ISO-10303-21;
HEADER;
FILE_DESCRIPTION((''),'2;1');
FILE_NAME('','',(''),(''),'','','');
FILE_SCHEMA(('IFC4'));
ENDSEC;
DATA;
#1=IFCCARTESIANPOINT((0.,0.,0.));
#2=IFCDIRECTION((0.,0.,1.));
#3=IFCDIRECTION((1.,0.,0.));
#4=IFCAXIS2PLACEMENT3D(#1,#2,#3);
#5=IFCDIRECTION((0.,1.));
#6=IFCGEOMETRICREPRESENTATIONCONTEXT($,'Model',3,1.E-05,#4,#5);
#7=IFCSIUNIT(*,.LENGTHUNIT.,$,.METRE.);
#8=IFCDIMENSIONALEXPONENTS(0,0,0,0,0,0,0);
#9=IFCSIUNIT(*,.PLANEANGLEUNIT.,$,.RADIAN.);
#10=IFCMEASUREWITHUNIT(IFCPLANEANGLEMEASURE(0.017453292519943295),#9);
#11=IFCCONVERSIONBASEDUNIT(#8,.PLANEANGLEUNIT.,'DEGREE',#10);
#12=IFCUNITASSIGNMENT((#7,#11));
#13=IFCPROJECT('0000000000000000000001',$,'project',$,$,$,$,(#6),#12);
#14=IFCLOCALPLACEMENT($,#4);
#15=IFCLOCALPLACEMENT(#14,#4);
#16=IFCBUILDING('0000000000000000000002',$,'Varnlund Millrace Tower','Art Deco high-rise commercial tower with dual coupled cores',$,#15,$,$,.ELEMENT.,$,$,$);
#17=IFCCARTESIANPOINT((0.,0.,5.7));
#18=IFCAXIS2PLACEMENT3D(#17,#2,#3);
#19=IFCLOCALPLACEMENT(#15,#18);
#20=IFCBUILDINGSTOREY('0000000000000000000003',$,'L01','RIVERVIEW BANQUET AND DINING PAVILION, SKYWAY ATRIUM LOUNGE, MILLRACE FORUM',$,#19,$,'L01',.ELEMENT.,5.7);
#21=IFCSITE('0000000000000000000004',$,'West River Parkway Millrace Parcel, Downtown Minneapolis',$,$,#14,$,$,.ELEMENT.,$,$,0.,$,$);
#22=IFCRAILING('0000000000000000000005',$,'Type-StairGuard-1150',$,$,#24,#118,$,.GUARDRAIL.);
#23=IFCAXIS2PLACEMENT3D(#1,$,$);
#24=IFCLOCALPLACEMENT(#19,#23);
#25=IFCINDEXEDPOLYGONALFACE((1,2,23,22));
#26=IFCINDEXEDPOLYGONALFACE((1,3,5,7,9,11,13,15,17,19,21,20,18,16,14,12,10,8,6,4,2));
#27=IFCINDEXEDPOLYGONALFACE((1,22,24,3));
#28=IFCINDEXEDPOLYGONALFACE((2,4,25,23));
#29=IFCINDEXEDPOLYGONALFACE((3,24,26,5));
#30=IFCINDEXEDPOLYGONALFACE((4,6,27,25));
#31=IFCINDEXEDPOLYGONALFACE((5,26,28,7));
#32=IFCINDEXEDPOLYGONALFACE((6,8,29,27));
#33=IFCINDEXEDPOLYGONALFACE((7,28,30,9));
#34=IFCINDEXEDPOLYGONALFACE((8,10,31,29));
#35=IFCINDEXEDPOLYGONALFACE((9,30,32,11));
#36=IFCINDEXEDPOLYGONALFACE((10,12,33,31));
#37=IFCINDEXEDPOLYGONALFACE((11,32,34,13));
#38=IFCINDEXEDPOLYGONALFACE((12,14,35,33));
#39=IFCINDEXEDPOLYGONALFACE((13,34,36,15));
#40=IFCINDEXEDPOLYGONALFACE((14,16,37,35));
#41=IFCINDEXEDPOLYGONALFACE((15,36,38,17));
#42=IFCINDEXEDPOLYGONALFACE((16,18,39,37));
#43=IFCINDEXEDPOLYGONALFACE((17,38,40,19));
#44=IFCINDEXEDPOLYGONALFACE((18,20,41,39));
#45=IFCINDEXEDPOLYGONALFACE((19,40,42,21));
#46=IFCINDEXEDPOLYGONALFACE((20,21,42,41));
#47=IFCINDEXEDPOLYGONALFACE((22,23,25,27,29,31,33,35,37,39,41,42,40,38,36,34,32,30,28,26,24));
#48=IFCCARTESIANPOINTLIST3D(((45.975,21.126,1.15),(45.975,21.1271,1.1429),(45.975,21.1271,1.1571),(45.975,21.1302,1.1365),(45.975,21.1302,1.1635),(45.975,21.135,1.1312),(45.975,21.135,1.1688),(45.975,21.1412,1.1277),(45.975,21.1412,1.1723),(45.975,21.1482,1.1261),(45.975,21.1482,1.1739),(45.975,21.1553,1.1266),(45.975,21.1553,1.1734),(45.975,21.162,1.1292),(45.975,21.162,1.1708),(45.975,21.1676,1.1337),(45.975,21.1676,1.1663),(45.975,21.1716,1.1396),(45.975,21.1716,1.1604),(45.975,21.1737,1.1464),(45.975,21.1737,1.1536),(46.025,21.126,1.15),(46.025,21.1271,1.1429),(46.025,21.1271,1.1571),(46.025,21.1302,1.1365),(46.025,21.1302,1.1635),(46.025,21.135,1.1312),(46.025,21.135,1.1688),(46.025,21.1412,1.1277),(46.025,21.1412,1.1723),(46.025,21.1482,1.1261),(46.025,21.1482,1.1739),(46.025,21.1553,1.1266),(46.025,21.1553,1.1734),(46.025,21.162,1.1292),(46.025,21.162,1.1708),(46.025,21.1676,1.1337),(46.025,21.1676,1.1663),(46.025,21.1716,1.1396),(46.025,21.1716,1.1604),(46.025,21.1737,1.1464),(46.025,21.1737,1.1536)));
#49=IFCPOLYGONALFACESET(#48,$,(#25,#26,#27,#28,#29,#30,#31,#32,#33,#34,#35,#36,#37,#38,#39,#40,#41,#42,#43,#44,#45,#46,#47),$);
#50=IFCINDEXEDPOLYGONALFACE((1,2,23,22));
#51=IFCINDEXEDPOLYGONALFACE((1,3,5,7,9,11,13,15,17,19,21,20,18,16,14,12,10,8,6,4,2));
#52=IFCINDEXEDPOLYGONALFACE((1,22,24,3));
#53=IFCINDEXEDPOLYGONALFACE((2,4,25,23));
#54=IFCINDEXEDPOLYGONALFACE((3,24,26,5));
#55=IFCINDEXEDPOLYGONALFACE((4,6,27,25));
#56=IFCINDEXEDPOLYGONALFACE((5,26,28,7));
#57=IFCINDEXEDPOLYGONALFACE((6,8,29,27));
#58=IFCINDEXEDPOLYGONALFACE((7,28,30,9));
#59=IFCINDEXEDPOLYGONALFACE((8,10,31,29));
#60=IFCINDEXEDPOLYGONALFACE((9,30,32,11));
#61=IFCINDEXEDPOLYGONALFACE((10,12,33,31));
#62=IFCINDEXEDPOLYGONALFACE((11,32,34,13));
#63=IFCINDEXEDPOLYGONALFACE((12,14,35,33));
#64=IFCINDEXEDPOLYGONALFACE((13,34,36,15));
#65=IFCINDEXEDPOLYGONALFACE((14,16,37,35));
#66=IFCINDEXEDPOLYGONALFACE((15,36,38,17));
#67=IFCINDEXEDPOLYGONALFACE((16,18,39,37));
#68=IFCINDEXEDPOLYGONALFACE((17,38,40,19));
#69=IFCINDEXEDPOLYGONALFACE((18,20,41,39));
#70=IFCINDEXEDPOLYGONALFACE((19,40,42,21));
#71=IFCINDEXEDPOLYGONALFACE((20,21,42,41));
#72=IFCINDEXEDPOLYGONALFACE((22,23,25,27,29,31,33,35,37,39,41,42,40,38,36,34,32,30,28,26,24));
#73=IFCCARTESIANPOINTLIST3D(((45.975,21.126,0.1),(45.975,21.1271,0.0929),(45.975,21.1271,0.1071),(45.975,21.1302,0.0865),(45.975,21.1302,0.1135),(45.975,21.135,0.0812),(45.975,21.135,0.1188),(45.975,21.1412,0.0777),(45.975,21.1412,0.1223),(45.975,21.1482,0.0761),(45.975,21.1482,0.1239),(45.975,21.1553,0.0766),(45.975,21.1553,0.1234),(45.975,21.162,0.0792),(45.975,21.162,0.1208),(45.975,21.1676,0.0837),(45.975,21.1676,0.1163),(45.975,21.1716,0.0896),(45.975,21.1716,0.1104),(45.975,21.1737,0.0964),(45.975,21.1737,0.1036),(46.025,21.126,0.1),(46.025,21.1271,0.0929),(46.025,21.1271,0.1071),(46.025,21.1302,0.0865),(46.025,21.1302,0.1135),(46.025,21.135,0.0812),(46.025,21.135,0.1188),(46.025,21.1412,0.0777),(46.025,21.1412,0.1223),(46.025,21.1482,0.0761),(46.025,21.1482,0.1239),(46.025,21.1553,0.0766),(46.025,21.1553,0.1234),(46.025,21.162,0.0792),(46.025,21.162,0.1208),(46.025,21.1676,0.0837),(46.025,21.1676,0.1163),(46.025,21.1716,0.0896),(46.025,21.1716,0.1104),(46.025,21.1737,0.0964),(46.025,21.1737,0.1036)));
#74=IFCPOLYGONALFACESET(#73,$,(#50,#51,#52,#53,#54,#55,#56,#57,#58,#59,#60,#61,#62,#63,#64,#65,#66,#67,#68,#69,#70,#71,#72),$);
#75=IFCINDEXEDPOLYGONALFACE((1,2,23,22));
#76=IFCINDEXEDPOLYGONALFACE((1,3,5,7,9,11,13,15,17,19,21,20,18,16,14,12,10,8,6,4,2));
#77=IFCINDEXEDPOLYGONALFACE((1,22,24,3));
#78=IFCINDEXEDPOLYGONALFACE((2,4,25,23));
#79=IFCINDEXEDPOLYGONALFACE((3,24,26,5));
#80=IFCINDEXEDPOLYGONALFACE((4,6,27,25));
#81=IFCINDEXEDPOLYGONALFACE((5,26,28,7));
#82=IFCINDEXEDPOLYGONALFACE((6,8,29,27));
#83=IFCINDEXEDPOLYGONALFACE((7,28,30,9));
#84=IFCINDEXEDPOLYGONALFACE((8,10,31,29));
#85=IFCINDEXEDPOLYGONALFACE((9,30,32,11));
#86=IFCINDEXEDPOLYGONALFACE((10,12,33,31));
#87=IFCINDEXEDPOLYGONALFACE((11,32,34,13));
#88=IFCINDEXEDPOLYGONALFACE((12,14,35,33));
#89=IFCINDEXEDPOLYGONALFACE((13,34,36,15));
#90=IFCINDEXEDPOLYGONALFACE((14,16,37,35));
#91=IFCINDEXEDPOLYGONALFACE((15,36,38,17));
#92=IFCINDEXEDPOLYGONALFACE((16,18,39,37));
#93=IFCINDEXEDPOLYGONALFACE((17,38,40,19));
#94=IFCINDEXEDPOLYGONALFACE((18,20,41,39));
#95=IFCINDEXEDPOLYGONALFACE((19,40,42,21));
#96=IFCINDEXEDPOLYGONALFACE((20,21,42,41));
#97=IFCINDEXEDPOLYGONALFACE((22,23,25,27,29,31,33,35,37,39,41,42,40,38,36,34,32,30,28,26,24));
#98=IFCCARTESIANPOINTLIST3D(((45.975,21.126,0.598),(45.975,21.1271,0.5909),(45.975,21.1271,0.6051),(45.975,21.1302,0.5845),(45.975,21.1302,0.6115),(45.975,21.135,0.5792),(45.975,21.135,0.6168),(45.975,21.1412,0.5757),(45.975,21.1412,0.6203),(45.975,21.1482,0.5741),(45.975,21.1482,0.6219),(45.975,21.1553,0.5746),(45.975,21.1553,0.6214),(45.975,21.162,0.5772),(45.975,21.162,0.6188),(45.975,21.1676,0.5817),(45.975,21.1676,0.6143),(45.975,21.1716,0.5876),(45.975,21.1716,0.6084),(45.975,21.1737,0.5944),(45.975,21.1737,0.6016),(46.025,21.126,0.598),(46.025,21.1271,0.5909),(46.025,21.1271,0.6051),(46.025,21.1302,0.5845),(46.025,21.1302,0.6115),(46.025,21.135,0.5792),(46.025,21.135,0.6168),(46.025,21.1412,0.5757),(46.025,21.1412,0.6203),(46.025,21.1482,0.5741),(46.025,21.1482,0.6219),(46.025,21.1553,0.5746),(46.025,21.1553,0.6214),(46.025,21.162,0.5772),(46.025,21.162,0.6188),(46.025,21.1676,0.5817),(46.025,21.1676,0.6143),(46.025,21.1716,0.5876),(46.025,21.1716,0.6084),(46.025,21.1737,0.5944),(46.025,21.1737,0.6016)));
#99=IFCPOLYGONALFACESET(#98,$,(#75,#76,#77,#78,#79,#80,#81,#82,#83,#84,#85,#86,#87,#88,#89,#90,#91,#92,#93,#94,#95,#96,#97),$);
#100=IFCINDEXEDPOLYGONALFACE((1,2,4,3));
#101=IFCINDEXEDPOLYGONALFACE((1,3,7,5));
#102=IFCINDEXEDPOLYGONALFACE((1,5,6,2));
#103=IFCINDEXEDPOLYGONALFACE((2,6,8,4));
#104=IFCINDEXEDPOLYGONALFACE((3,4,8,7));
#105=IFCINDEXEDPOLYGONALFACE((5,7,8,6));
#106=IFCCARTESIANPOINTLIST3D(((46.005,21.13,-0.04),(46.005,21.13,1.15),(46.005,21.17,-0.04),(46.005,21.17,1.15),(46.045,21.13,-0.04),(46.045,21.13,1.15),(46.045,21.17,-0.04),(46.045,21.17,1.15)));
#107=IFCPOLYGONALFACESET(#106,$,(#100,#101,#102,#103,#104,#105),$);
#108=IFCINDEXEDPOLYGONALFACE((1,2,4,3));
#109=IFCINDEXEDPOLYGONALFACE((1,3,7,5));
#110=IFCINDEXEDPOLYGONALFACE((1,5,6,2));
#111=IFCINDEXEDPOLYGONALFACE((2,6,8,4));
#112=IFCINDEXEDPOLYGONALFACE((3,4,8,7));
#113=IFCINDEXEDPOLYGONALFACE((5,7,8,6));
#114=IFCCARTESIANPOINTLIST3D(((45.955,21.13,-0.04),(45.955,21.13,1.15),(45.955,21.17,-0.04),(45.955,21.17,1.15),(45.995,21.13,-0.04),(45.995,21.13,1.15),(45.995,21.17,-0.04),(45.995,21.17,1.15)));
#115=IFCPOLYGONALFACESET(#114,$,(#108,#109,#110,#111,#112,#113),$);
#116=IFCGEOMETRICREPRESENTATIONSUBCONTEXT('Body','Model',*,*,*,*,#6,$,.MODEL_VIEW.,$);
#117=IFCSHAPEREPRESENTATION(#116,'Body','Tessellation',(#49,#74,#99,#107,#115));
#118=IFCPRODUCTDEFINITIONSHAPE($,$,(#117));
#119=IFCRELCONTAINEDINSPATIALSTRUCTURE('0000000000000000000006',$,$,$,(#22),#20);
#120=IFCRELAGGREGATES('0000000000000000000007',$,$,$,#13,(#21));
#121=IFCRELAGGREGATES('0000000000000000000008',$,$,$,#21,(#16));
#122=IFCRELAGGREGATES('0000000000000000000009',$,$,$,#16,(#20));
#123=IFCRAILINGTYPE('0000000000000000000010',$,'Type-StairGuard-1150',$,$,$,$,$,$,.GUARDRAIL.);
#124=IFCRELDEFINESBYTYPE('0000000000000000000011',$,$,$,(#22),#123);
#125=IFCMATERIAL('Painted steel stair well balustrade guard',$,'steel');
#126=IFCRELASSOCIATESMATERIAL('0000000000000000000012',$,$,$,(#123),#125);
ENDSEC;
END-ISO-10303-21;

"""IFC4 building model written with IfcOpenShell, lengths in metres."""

from ifc_helpers import new_model, entity, si_unit, converted_unit, direction, frame, origin_with_axes, origin_2d_with_axis, place, context, subcontext, project, spatial, rectangle, circle, extrude, material, type_object, element, save


model = new_model("IFC4")

# Units and contexts
model_context = context("Model", 3, precision=1e-05, world=origin_with_axes(), true_north=direction((0.0, 1.0)))
body_context = subcontext(model_context, "Body", "Model", "MODEL_VIEW")
ifc_project = project(units=[si_unit("LENGTHUNIT", "METRE"), converted_unit("PLANEANGLEUNIT", "DEGREE", entity("IfcPlaneAngleMeasure", 0.017453292519943295), si_unit("PLANEANGLEUNIT", "RADIAN"), dimensions=[0, 0, 0, 0, 0, 0, 0])], contexts=[model_context])

# Site, building, storey
site_placement = place(None, origin_with_axes())
site = spatial("IfcSite", under=ifc_project, at=site_placement, Name="West River Parkway Millrace Parcel, Downtown Minneapolis", CompositionType="ELEMENT", RefElevation=0.0)
building_placement = place(site_placement, origin_with_axes())
building = spatial("IfcBuilding", under=site, at=building_placement, Name="Varnlund Millrace Tower", Description="Art Deco high-rise commercial tower with dual coupled cores", CompositionType="ELEMENT")
storey_placement = place(building_placement, frame((0.0, 0.0, 5.7), z_axis=(0.0, 0.0, 1.0), x_axis=(1.0, 0.0, 0.0)))
storey = spatial("IfcBuildingStorey", under=building, at=storey_placement, Name="L01", Description="RIVERVIEW BANQUET AND DINING PAVILION, SKYWAY ATRIUM LOUNGE, MILLRACE FORUM", LongName="L01", CompositionType="ELEMENT", Elevation=5.7)

# Railing
ifc_material_1 = material(Name="Painted steel stair well balustrade guard", Category="steel")
railing_type_1 = type_object("IfcRailingType", Name="Type-StairGuard-1150", PredefinedType="GUARDRAIL", material=ifc_material_1)
railing_1_placement = place(storey_placement, frame((0.0, 0.0, -5.7), z_axis=(0.0, 0.0, 1.0), x_axis=(1.0, 0.0, 0.0)))
element("IfcRailing", 1, at=railing_1_placement, inside=storey, type_object=railing_type_1, Name="Type-StairGuard-1150", PredefinedType="GUARDRAIL", context=body_context, shape_type="SweptSolid", body=[
    extrude(circle(Radius=0.024, at=origin_2d_with_axis()), frame((46.025, 21.15, 6.85), z_axis=(-1.0, 0.0, 0.0), x_axis=(0.0, -1.0, 0.0)), (0.0, 0.0, 1.0), 0.05),
    extrude(circle(Radius=0.024, at=origin_2d_with_axis()), frame((46.025, 21.15, 5.8), z_axis=(-1.0, 0.0, 0.0), x_axis=(0.0, -1.0, 0.0)), (0.0, 0.0, 1.0), 0.05),
    extrude(circle(Radius=0.024, at=origin_2d_with_axis()), frame((46.025, 21.15, 6.298), z_axis=(-1.0, 0.0, 0.0), x_axis=(0.0, -1.0, 0.0)), (0.0, 0.0, 1.0), 0.05),
    extrude(rectangle(XDim=0.04, YDim=0.04, at=origin_2d_with_axis()), frame((46.025, 21.15, 5.66), z_axis=(0.0, 0.0, 1.0), x_axis=(1.0, 0.0, 0.0)), (0.0, 0.0, 1.0), 1.19),
    extrude(rectangle(XDim=0.04, YDim=0.04, at=origin_2d_with_axis()), frame((45.975, 21.15, 5.66), z_axis=(0.0, 0.0, 1.0), x_axis=(1.0, 0.0, 0.0)), (0.0, 0.0, 1.0), 1.19),
])

save(model, "model.ifc")
